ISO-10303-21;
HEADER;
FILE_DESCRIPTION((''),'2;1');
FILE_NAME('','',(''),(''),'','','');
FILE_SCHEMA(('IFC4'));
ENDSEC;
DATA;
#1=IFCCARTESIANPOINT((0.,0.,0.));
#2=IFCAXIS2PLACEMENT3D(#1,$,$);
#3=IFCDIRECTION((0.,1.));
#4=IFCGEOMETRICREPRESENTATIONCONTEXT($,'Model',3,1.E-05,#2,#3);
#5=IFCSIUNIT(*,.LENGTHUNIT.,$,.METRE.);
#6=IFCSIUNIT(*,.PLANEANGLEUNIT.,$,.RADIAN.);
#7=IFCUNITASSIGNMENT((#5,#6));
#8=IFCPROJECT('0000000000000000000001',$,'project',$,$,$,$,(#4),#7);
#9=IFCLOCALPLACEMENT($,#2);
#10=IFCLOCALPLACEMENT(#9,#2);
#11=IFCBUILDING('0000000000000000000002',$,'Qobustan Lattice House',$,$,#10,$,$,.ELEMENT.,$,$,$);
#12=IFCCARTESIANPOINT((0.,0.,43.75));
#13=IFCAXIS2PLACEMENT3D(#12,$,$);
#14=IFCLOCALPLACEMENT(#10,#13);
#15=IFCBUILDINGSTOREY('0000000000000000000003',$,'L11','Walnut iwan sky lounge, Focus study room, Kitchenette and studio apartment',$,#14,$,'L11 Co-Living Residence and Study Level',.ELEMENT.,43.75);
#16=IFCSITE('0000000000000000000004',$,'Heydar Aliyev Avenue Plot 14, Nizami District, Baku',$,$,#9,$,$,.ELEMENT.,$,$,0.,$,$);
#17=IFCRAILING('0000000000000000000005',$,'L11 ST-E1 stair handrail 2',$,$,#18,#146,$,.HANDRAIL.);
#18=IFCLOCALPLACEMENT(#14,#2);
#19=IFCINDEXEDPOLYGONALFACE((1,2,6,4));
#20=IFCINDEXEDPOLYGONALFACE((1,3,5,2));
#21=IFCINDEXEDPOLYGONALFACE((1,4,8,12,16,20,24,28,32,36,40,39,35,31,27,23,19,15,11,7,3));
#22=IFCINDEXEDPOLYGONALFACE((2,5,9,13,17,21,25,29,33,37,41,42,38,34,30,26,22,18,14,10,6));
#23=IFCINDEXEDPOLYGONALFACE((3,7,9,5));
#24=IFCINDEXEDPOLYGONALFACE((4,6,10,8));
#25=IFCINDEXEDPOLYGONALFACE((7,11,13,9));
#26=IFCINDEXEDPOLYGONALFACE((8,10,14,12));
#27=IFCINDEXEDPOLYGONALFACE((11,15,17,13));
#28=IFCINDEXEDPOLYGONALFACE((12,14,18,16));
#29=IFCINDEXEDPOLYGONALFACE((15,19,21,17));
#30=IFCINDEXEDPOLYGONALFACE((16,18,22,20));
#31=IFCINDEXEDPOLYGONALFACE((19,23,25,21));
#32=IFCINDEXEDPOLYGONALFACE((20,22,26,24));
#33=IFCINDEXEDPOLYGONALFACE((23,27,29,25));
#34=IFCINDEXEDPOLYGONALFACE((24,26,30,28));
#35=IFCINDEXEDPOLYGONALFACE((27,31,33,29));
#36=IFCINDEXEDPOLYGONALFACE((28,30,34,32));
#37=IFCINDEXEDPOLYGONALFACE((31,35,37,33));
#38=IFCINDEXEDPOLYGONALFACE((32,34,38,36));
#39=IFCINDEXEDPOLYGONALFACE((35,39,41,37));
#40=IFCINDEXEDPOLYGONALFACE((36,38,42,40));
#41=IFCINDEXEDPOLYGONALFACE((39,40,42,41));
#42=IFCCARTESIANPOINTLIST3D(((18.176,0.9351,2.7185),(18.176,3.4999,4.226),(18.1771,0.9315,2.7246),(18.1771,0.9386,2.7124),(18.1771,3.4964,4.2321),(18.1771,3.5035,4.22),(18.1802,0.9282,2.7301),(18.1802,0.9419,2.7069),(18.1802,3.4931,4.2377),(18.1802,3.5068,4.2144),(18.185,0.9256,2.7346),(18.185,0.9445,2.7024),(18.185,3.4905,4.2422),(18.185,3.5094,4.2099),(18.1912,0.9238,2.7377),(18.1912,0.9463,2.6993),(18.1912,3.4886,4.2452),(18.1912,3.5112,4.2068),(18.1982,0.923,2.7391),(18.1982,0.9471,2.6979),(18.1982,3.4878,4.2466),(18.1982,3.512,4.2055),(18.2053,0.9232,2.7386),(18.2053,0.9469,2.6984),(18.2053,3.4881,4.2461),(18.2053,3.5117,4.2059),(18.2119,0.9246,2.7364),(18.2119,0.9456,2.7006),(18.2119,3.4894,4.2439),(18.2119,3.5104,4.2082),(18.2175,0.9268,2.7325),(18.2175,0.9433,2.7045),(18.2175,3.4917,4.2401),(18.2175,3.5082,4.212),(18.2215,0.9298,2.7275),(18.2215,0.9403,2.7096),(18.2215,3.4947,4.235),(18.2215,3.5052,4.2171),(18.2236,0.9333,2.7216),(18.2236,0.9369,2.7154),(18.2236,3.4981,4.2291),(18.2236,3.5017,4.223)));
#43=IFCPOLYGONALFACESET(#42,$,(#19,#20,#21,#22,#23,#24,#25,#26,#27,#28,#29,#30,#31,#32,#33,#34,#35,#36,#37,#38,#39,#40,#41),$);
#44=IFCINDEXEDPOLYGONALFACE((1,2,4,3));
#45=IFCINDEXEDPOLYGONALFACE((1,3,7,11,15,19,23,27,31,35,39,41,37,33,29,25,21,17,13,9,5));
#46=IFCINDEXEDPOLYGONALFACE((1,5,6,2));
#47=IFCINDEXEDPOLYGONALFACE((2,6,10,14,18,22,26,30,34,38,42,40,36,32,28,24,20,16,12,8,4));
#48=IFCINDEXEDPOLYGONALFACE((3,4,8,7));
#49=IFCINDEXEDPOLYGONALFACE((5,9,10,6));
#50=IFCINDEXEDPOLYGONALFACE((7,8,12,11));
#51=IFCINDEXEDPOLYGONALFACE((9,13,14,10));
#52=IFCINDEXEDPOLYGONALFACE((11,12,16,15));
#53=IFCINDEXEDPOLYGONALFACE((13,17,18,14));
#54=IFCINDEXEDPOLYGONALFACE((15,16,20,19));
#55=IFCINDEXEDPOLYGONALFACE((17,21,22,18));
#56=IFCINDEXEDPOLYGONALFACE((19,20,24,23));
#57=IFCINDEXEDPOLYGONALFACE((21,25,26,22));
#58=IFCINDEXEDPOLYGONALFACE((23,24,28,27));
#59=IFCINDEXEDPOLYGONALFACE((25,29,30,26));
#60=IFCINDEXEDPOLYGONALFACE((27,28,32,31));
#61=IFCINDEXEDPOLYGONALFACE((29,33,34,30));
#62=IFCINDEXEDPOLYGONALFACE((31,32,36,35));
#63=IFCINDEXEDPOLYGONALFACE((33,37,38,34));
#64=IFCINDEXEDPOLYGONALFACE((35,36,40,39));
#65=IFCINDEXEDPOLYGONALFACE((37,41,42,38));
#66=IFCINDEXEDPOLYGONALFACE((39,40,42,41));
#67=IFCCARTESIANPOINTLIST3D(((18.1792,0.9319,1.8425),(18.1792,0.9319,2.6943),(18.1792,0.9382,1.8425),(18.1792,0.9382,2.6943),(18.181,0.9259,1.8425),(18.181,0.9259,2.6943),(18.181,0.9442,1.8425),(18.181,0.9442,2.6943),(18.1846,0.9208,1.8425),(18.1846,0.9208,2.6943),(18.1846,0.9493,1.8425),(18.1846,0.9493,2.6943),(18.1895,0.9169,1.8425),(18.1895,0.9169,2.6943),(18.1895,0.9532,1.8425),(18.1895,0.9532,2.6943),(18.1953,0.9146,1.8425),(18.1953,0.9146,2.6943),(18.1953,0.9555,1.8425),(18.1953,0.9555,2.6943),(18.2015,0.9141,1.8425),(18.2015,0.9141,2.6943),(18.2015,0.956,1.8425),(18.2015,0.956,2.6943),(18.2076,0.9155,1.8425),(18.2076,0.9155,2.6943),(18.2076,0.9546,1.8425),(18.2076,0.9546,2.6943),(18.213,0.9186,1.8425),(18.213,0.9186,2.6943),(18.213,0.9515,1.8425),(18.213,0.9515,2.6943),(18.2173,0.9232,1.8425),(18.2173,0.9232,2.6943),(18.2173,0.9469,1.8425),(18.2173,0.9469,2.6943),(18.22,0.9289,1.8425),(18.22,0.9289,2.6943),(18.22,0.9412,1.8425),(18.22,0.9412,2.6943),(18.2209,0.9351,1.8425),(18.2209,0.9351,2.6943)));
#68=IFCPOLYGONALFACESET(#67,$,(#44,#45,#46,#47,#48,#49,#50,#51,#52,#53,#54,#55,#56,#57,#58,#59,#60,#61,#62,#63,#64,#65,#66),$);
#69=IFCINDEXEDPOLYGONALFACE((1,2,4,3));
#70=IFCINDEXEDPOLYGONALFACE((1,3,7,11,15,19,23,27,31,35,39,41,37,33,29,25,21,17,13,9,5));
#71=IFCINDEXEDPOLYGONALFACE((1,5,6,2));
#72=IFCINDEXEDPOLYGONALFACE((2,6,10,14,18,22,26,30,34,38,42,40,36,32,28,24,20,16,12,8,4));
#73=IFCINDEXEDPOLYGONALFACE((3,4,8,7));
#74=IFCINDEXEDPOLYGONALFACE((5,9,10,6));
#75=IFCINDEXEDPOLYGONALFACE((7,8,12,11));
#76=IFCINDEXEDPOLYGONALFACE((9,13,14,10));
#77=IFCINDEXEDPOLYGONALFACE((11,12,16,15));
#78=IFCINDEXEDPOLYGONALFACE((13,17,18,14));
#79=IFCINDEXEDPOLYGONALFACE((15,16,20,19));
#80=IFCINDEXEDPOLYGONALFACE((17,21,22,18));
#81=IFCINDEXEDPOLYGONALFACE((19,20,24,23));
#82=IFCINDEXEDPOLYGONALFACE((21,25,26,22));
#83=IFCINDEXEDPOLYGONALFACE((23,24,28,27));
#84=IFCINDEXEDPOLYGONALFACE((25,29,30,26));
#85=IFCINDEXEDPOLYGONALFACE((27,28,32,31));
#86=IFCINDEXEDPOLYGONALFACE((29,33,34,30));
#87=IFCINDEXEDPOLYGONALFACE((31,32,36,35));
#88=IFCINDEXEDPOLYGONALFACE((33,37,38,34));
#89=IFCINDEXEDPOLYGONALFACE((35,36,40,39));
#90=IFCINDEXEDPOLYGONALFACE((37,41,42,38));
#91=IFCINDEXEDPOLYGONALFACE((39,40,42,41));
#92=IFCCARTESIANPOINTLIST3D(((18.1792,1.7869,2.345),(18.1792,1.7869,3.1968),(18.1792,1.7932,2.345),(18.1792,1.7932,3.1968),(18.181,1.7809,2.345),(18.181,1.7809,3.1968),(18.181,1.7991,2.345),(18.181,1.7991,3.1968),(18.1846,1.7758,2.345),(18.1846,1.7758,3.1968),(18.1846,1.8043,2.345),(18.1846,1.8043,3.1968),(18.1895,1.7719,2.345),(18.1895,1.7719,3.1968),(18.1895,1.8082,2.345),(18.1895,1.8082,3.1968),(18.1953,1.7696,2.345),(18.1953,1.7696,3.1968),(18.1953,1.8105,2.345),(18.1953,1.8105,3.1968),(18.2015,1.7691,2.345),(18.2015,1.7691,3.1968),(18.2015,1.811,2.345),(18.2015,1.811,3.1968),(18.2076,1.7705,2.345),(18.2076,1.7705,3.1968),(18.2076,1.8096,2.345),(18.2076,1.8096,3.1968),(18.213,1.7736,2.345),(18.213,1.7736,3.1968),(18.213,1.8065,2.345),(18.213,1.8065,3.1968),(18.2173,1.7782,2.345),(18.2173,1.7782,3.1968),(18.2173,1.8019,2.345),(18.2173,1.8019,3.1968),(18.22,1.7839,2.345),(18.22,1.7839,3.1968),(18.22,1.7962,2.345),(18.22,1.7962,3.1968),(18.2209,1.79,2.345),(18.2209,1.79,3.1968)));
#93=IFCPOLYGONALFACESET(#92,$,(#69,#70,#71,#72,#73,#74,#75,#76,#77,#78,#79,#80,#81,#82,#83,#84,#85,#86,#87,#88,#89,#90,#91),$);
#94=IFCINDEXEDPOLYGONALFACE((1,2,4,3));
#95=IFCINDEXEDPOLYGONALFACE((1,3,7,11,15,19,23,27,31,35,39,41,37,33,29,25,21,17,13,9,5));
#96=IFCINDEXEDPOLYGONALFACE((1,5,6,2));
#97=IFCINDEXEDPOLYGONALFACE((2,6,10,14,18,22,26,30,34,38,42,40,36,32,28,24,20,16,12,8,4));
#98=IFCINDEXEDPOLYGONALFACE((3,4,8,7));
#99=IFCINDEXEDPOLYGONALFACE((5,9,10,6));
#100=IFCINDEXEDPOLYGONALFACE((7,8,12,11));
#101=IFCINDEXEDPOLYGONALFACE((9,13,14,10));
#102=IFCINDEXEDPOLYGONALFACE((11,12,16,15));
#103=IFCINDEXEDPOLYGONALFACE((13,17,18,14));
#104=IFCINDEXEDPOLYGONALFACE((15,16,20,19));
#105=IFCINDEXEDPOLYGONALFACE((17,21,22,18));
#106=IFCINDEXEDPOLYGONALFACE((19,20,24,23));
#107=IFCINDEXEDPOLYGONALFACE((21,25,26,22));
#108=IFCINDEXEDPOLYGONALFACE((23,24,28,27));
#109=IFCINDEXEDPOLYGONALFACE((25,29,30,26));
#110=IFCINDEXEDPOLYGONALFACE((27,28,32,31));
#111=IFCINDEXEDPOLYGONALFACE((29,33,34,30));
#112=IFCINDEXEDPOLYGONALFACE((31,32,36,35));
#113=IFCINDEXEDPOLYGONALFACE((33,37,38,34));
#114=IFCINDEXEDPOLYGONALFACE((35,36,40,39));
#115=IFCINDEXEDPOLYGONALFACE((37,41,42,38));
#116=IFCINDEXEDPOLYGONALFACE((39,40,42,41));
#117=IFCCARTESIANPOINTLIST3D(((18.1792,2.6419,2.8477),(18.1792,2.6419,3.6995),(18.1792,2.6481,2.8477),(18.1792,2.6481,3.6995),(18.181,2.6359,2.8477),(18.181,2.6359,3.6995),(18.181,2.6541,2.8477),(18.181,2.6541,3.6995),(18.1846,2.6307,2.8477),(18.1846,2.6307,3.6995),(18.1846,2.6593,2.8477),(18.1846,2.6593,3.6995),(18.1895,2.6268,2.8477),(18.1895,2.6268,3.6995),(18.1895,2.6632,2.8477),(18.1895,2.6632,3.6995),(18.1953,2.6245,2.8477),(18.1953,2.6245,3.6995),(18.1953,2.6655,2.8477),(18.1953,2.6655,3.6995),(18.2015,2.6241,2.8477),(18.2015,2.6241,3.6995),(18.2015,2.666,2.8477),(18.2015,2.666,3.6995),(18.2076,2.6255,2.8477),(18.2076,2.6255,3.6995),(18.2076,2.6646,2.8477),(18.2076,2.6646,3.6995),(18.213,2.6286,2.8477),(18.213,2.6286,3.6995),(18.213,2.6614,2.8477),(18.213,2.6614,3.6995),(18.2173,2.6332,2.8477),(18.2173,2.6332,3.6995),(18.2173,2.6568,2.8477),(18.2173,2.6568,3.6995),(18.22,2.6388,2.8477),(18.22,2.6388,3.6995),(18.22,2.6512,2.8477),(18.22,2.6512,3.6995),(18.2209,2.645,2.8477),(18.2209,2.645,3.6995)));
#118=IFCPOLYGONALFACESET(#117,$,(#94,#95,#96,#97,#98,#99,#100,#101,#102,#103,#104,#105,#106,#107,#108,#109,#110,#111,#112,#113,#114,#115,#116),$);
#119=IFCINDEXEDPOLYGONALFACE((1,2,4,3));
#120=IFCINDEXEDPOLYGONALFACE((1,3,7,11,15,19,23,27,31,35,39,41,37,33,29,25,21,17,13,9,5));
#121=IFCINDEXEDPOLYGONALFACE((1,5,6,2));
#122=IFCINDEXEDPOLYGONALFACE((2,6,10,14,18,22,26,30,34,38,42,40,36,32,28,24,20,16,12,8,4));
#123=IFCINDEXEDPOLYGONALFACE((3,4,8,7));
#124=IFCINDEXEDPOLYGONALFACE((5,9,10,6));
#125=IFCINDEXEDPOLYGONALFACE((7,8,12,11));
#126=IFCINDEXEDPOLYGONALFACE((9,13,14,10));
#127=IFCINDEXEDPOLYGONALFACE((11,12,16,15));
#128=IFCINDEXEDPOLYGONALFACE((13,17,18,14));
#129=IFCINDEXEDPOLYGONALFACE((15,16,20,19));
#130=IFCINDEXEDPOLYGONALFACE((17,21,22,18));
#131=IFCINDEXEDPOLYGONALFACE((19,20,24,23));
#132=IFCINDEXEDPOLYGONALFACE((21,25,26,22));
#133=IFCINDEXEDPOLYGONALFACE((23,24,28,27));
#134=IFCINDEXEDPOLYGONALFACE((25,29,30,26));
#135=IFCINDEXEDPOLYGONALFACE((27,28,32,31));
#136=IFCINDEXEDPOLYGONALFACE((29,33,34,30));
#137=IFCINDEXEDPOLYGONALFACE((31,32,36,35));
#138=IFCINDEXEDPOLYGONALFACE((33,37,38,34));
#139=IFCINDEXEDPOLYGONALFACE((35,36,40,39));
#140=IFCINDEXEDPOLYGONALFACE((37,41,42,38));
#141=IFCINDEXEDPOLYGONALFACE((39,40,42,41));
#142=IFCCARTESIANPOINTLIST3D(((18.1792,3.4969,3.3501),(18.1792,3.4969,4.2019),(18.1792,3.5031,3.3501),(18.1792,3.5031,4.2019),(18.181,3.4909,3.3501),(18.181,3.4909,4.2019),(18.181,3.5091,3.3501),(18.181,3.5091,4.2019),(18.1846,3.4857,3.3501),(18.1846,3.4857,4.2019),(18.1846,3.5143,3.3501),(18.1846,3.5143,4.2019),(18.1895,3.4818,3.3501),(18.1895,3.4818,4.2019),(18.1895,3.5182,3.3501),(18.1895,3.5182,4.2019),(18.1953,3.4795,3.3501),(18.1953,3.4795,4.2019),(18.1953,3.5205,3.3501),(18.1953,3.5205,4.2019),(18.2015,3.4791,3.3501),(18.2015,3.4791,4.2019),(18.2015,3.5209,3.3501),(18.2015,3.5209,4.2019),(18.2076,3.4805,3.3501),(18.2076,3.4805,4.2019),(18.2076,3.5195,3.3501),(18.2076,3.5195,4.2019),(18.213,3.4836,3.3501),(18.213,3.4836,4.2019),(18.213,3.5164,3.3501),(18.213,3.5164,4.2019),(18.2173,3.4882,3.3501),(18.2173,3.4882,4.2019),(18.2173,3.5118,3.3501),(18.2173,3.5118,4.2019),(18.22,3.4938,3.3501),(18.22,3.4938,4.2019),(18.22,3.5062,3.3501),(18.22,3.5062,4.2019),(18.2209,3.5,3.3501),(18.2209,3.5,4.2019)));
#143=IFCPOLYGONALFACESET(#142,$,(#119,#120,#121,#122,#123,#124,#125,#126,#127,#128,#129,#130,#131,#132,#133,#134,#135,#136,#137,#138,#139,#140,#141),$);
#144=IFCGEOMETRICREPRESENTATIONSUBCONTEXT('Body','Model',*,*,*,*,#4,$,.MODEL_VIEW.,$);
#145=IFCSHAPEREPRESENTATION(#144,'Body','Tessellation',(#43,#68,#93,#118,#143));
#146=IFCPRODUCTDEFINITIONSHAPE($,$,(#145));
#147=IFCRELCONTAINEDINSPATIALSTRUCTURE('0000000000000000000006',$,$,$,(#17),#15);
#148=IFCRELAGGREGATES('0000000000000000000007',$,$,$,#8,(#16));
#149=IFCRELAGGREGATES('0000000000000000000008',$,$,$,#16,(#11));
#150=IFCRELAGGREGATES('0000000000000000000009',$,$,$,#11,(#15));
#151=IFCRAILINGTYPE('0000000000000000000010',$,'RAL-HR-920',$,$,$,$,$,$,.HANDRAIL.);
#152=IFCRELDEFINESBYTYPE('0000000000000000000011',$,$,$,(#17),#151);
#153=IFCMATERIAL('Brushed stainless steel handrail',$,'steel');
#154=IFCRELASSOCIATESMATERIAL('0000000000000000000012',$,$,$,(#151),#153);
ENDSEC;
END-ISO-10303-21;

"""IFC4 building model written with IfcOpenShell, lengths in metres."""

from ifc_helpers import new_model, si_unit, direction, frame, origin, origin_2d, place, context, subcontext, project, spatial, circle, extrude, material, type_object, element, save


model = new_model("IFC4")

# Units and contexts
model_context = context("Model", 3, precision=1e-05, world=origin(), true_north=direction((0.0, 1.0)))
body_context = subcontext(model_context, "Body", "Model", "MODEL_VIEW")
ifc_project = project(units=[si_unit("LENGTHUNIT", "METRE"), si_unit("PLANEANGLEUNIT", "RADIAN")], contexts=[model_context])

# Site, building, storey
site_placement = place(None, origin())
site = spatial("IfcSite", under=ifc_project, at=site_placement, Name="Heydar Aliyev Avenue Plot 14, Nizami District, Baku", CompositionType="ELEMENT", RefElevation=0.0)
building_placement = place(site_placement, origin())
building = spatial("IfcBuilding", under=site, at=building_placement, Name="Qobustan Lattice House", CompositionType="ELEMENT")
storey_placement = place(building_placement, frame((0.0, 0.0, 43.75)))
storey = spatial("IfcBuildingStorey", under=building, at=storey_placement, Name="L11", Description="Walnut iwan sky lounge, Focus study room, Kitchenette and studio apartment", LongName="L11 Co-Living Residence and Study Level", CompositionType="ELEMENT", Elevation=43.75)

# Railing
ifc_material_1 = material(Name="Brushed stainless steel handrail", Category="steel")
railing_type_1 = type_object("IfcRailingType", Name="RAL-HR-920", PredefinedType="HANDRAIL", material=ifc_material_1)
railing_1_placement = place(storey_placement, frame((18.2, 0.9351, 1.8425)))
element("IfcRailing", 1, at=railing_1_placement, inside=storey, type_object=railing_type_1, Name="L11 ST-E1 stair handrail 2", PredefinedType="HANDRAIL", context=body_context, shape_type="SweptSolid", body=[
    extrude(circle(Radius=0.0239, at=origin_2d()), frame((0.0, 0.0, 0.876), z_axis=(0.0, 0.862113, 0.506715), x_axis=(-1.0, 0.0, 0.0)), (0.0, 0.0, 1.0), 2.9751),
    extrude(circle(Radius=0.021, at=origin_2d()), origin(), (0.0, 0.0, 1.0), 0.8518),
    extrude(circle(Radius=0.021, at=origin_2d()), frame((0.0, 0.855, 0.5024)), (0.0, 0.0, 1.0), 0.8518),
    extrude(circle(Radius=0.021, at=origin_2d()), frame((0.0, 1.71, 1.0051)), (0.0, 0.0, 1.0), 0.8518),
    extrude(circle(Radius=0.021, at=origin_2d()), frame((0.0, 2.5649, 1.5076)), (0.0, 0.0, 1.0), 0.8518),
])

save(model, "model.ifc")
